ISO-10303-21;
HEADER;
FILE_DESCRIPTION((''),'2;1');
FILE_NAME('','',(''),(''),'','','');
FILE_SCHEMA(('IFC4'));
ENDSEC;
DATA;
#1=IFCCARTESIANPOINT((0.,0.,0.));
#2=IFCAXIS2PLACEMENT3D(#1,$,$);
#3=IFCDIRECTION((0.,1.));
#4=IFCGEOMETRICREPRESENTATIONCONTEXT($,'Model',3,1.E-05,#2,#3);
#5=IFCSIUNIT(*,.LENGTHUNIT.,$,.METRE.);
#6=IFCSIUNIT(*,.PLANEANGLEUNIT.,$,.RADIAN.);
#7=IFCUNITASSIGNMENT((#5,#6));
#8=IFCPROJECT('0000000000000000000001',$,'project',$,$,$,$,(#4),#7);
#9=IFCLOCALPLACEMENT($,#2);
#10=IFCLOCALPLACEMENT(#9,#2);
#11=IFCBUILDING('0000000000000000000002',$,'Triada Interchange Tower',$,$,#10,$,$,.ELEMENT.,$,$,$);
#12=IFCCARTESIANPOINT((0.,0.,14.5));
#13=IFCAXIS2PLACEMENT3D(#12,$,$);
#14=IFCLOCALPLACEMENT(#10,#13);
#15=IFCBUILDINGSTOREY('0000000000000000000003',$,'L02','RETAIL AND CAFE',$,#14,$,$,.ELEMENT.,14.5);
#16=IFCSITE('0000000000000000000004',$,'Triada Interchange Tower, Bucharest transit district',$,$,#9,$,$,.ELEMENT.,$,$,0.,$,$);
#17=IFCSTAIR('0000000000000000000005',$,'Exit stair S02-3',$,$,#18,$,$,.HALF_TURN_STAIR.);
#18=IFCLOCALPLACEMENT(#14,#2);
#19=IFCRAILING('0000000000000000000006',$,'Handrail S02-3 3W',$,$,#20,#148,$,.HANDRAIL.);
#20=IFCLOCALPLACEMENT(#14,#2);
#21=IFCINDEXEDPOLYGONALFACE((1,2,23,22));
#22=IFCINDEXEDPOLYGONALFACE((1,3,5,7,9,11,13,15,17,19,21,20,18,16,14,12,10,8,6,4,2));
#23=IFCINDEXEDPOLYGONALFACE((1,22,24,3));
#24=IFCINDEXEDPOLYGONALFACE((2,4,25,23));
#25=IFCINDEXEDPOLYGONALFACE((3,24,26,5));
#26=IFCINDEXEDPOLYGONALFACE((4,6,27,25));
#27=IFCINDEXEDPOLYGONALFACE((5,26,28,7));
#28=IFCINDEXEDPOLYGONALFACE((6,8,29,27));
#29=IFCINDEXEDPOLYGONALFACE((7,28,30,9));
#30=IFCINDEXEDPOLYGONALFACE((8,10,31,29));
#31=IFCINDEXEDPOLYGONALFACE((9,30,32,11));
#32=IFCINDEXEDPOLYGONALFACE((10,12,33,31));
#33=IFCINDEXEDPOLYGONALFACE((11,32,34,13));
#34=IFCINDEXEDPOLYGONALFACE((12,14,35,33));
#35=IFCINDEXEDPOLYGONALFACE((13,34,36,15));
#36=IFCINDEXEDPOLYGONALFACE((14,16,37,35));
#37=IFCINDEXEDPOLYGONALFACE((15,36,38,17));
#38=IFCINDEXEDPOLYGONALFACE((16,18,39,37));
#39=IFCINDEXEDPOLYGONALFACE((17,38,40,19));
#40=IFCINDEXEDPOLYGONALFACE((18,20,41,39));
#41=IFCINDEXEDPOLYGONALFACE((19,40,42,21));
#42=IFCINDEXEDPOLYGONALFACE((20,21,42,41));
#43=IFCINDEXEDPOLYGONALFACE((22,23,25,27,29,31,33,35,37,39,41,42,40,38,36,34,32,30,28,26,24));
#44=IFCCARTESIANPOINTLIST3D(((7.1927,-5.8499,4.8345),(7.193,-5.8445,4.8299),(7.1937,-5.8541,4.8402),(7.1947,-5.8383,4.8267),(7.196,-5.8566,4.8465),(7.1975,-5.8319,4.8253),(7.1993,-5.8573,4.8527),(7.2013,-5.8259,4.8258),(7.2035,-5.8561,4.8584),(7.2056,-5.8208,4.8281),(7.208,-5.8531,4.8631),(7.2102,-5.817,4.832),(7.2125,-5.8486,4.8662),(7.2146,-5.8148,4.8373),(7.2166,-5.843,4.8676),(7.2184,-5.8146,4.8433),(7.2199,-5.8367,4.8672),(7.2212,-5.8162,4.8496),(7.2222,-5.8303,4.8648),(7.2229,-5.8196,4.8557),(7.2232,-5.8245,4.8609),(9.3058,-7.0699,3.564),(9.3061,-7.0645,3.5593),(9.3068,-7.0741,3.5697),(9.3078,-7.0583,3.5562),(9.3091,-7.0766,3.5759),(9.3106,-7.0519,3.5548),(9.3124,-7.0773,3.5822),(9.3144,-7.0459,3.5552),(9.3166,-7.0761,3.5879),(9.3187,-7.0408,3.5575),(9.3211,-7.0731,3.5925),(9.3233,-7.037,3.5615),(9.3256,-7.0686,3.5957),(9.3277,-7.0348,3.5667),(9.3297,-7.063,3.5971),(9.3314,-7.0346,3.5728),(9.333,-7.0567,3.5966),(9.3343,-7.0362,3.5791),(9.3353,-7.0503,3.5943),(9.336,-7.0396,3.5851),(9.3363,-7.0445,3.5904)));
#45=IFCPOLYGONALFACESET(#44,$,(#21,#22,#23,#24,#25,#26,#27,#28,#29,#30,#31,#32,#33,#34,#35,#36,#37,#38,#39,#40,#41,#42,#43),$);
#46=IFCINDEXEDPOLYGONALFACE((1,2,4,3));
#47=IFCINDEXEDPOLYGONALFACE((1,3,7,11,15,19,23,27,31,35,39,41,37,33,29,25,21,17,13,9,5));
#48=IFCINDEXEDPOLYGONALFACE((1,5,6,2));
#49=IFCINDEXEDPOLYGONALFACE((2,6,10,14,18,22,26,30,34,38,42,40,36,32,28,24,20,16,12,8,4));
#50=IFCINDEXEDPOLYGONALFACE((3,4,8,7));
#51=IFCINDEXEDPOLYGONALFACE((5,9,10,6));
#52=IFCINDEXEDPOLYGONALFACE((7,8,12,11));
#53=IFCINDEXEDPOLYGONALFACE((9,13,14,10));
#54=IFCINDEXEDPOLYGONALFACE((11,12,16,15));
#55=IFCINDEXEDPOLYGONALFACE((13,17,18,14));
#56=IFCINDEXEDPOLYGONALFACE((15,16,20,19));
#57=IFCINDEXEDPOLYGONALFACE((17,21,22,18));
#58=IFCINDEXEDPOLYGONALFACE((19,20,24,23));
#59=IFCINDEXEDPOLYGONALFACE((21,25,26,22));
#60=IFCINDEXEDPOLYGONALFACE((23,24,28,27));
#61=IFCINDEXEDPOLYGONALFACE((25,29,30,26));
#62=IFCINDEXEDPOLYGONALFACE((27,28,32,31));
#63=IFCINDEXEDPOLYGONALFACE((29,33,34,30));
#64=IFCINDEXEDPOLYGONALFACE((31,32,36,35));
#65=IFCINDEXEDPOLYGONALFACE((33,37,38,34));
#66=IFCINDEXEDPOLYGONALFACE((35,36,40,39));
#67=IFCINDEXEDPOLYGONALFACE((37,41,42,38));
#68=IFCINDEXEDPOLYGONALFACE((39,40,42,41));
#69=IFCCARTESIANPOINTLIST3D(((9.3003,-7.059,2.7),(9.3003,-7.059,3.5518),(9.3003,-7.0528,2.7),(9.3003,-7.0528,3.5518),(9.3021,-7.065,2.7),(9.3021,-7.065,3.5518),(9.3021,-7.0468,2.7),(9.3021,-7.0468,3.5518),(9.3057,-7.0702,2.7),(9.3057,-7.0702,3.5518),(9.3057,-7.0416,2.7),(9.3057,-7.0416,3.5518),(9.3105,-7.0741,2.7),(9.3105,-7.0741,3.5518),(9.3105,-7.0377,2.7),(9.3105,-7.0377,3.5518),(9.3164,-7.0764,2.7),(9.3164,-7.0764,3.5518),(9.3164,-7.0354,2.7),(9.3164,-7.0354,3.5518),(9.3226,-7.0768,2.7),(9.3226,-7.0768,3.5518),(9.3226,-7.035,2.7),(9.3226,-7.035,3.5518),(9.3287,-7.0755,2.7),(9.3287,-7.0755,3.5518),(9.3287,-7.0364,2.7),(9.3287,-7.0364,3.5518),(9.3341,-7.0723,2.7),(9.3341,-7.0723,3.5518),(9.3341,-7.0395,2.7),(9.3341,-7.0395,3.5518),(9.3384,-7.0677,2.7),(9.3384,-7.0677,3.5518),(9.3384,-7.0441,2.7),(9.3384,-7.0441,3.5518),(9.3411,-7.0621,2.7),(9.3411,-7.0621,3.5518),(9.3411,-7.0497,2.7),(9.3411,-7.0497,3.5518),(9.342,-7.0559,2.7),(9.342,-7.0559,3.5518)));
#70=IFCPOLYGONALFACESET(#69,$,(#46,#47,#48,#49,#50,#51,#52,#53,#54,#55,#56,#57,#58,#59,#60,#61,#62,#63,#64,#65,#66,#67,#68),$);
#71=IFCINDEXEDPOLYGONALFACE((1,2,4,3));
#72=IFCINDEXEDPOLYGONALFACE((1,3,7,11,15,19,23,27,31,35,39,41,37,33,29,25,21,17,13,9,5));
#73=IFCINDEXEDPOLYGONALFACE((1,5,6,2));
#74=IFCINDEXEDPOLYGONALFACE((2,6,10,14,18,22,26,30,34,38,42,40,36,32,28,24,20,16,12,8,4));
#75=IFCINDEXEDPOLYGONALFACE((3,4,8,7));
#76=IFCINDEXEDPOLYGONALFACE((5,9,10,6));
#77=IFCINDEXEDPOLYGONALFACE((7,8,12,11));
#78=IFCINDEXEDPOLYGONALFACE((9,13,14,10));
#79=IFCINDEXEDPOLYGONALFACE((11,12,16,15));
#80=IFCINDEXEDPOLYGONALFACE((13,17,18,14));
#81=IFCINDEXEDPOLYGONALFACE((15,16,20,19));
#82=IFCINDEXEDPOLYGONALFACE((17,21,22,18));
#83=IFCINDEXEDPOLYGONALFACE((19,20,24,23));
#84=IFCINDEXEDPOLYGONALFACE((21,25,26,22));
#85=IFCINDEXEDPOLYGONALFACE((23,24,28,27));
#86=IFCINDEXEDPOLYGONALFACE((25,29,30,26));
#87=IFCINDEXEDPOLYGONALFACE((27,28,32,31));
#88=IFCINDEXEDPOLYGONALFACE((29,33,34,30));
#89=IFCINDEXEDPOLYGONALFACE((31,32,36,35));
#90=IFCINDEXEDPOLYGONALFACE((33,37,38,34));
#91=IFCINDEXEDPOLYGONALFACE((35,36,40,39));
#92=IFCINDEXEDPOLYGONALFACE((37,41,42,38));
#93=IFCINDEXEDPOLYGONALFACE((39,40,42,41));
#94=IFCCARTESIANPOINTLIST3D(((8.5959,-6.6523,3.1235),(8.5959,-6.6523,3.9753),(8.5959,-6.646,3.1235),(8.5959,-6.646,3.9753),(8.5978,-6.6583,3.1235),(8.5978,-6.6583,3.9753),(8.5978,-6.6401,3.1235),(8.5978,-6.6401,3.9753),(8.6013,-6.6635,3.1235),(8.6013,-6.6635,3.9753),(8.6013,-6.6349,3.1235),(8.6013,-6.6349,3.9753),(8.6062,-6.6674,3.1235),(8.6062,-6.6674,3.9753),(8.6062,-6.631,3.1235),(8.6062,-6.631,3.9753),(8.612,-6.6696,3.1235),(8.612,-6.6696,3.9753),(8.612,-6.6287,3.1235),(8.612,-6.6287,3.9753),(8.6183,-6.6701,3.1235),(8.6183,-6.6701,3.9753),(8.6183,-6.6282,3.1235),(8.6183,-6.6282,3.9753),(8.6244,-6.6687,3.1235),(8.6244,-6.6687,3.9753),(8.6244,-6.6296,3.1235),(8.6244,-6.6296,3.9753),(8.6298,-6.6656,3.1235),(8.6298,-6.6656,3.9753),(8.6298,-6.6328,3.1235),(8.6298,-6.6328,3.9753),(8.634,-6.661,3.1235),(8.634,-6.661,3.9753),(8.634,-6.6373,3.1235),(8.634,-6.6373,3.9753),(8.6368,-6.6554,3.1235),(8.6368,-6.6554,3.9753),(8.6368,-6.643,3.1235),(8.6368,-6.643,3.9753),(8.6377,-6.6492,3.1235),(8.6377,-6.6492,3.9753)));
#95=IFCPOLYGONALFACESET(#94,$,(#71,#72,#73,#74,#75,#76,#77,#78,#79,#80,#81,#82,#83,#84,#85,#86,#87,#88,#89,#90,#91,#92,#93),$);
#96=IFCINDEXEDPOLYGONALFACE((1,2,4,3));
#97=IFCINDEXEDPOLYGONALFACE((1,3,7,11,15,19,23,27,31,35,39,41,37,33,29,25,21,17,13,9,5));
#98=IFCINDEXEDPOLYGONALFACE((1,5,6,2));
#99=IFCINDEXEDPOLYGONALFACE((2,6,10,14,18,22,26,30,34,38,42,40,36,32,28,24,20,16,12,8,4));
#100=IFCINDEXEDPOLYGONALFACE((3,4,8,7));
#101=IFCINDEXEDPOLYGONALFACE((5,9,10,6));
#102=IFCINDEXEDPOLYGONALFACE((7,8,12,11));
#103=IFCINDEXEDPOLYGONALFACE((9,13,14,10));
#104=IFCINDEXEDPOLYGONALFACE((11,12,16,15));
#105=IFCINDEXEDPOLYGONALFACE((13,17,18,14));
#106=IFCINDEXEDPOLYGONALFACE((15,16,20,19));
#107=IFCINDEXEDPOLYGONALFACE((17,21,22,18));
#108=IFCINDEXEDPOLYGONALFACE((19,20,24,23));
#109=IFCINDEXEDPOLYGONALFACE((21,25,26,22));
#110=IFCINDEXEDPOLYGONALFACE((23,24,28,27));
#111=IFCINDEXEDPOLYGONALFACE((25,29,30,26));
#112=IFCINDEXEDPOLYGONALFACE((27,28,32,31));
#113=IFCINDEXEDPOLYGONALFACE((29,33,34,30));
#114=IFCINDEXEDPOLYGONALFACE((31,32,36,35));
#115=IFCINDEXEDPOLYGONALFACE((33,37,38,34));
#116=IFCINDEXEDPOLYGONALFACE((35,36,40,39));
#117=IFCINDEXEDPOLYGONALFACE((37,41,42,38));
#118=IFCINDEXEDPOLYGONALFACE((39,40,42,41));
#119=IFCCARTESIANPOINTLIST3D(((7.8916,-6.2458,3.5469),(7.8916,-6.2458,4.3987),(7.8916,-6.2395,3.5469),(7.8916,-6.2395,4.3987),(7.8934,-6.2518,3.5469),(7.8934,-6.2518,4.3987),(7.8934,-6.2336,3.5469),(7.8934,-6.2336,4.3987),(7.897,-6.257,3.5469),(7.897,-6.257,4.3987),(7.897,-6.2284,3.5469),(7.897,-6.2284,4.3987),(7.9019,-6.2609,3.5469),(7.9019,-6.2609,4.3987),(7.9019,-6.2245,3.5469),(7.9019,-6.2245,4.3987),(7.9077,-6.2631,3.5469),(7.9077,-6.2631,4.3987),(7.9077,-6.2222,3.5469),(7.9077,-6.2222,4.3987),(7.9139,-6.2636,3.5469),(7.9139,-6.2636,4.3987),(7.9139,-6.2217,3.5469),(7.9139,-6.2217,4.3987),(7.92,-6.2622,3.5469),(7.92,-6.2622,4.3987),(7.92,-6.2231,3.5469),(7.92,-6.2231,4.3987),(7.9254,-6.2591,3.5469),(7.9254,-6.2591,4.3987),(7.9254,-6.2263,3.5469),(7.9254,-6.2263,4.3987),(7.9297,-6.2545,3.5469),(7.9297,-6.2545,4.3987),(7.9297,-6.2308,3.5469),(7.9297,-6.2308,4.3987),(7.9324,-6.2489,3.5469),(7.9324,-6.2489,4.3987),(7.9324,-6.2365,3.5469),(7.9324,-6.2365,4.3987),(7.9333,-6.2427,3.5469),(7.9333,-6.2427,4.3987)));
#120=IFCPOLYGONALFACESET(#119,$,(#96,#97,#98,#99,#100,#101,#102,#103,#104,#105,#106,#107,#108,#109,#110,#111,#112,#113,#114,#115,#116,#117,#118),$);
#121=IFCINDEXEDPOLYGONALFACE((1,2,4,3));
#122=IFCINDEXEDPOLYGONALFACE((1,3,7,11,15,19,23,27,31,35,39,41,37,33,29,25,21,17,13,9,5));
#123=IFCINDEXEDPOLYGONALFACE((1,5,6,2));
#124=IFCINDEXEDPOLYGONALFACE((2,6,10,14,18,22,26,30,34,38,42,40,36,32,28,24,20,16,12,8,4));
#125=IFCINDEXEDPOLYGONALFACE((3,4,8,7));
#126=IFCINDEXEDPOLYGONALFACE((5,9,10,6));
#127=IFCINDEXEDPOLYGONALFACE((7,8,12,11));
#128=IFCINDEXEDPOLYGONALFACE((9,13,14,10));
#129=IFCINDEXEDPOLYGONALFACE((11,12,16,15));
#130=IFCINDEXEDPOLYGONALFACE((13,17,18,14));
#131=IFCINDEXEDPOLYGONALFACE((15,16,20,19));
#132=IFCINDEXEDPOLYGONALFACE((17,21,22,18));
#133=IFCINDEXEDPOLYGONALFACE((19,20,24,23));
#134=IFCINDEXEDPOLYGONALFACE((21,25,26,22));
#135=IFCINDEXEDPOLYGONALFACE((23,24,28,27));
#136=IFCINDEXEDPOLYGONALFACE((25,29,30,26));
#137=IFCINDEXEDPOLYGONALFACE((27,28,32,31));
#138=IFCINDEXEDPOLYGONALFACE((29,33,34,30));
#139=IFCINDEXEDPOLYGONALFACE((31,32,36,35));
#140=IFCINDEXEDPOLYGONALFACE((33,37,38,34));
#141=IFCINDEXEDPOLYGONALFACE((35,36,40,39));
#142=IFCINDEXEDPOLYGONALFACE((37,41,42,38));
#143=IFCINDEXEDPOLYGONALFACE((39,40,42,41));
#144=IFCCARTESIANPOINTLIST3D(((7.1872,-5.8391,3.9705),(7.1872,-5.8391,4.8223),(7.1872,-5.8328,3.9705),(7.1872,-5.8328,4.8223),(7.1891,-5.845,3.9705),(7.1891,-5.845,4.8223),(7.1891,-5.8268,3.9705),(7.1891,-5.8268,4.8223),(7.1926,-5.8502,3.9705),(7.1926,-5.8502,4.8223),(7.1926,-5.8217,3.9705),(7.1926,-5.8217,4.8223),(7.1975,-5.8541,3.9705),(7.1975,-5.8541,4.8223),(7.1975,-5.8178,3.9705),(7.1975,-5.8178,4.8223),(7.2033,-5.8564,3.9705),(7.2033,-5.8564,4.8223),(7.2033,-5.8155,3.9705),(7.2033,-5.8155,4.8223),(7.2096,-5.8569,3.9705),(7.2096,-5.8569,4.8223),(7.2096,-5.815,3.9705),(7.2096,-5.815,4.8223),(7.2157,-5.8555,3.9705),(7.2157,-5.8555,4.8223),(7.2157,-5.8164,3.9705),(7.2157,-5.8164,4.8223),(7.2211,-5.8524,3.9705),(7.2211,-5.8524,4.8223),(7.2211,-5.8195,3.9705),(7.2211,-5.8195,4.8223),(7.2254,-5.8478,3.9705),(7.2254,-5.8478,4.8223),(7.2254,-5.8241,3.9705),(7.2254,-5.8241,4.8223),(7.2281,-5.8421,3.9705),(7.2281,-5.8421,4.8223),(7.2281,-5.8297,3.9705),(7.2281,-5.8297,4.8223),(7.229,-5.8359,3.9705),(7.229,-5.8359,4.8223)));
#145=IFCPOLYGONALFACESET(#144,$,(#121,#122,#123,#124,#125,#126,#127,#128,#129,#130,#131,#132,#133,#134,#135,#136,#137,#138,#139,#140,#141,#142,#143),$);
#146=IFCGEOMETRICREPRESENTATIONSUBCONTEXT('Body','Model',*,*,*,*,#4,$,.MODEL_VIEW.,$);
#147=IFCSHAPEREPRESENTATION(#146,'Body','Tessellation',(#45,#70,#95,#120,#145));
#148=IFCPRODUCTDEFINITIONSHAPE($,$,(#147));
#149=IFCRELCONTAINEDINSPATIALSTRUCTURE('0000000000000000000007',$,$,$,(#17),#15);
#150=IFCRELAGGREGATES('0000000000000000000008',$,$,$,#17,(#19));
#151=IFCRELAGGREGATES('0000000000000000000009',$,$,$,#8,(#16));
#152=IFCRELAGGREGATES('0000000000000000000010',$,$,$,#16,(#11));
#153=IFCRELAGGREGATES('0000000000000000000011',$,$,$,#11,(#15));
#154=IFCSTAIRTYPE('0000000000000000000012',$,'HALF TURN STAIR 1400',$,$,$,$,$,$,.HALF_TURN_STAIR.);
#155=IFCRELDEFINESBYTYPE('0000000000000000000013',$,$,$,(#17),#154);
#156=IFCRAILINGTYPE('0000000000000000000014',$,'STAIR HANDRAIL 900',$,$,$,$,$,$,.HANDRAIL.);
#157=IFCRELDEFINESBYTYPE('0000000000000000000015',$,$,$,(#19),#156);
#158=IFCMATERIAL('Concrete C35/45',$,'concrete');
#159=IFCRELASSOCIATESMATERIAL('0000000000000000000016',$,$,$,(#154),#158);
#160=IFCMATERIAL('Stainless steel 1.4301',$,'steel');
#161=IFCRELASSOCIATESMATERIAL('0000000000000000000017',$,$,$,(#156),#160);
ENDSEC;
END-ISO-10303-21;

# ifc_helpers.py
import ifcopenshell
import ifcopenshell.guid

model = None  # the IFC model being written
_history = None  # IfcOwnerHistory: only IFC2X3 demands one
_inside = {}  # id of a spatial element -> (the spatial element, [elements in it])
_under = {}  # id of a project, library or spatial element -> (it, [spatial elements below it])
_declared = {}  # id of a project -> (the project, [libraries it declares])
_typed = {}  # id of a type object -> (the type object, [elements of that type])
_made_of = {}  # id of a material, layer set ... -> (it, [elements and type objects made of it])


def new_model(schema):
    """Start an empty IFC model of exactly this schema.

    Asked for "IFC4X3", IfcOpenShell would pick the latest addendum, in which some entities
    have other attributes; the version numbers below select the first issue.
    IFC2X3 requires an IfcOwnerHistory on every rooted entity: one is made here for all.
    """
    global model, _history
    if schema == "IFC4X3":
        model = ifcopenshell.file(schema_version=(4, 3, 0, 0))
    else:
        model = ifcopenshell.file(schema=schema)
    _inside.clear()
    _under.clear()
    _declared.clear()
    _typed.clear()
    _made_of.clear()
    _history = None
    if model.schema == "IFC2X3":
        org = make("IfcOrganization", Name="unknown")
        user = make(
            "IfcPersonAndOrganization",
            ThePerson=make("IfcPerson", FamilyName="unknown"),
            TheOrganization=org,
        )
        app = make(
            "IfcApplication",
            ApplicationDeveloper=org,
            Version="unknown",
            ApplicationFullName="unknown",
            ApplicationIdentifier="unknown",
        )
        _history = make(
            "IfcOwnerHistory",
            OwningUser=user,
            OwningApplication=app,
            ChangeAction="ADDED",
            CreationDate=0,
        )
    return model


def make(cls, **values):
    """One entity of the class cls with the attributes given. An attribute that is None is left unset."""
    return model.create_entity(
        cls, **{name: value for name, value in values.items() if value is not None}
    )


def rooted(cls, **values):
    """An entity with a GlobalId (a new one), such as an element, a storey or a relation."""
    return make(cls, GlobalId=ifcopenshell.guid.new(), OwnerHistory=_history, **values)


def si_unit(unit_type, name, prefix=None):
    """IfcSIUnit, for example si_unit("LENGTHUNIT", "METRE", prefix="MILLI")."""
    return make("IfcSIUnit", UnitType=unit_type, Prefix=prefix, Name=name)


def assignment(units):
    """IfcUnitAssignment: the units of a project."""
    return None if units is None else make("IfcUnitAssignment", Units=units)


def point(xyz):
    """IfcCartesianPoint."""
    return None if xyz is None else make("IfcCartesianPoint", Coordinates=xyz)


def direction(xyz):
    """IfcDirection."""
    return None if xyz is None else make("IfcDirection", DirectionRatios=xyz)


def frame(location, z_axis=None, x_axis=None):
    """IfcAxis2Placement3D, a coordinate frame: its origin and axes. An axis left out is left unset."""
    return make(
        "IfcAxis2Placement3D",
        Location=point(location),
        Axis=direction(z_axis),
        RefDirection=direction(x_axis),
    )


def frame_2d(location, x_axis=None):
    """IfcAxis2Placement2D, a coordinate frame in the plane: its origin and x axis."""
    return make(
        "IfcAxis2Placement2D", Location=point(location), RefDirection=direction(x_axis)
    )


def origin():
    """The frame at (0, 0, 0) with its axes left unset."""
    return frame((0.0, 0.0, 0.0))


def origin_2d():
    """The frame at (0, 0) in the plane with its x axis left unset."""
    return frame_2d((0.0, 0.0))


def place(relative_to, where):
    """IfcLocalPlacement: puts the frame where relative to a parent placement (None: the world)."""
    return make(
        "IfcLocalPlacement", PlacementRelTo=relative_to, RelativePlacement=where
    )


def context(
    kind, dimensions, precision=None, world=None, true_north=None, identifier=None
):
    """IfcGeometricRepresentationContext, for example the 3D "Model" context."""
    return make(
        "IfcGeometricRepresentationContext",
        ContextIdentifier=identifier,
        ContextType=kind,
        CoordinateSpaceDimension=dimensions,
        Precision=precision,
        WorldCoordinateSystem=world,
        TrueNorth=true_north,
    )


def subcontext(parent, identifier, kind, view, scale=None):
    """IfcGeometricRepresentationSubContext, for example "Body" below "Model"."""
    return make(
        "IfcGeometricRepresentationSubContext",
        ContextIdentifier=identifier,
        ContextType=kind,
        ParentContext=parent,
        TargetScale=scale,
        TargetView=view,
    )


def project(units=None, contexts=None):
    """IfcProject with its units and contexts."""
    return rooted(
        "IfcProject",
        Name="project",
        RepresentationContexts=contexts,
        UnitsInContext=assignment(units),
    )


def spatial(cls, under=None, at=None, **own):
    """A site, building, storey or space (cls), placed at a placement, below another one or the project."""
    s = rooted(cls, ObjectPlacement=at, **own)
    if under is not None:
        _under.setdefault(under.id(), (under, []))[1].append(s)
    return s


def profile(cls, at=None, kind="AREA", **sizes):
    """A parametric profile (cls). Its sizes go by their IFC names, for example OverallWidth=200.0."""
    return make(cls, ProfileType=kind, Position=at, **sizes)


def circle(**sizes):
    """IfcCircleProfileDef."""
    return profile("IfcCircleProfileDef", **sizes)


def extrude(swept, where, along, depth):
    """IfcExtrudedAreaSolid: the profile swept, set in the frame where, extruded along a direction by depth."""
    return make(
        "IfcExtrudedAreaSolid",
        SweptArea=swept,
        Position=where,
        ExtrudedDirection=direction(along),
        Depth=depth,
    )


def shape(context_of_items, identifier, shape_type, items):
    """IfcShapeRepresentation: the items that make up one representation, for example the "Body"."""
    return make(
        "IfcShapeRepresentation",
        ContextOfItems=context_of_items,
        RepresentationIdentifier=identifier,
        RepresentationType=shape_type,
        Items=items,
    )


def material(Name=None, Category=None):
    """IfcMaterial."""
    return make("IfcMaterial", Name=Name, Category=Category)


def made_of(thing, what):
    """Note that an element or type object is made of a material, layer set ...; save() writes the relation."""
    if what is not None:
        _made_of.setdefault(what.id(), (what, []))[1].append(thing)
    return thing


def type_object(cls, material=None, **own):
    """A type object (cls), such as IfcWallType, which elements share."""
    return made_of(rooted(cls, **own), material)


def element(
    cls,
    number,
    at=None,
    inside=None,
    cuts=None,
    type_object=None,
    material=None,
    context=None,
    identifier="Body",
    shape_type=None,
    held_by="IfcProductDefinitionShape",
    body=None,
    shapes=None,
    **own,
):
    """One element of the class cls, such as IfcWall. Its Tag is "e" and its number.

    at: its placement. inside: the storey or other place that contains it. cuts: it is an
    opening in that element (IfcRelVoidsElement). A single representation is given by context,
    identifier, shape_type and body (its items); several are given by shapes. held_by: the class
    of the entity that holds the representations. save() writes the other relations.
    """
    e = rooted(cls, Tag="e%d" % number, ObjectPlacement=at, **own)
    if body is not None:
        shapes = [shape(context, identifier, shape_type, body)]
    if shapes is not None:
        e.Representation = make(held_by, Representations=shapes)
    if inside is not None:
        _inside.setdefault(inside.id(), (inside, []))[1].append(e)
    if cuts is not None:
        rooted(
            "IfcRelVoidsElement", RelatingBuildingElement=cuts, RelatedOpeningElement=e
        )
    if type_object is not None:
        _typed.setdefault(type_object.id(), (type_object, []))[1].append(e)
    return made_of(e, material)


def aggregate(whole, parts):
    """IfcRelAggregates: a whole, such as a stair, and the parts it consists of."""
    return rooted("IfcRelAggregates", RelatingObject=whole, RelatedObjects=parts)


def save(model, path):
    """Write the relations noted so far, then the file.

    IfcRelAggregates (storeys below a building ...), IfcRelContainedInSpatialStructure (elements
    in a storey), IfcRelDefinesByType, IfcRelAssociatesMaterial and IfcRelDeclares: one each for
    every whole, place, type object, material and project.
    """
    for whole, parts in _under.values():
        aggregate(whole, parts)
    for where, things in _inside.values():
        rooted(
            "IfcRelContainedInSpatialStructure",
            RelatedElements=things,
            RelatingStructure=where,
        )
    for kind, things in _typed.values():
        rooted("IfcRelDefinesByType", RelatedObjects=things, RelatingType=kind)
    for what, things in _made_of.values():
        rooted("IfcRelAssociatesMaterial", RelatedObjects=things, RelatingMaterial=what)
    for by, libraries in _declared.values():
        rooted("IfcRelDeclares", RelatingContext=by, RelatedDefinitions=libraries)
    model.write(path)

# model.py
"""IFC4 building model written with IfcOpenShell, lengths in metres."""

from ifc_helpers import new_model, si_unit, direction, frame, origin, origin_2d, place, context, subcontext, project, spatial, circle, extrude, material, type_object, element, aggregate, save


model = new_model("IFC4")

# Units and contexts
model_context = context("Model", 3, precision=1e-05, world=origin(), true_north=direction((0.0, 1.0)))
body_context = subcontext(model_context, "Body", "Model", "MODEL_VIEW")
ifc_project = project(units=[si_unit("LENGTHUNIT", "METRE"), si_unit("PLANEANGLEUNIT", "RADIAN")], contexts=[model_context])

# Site, building, storey
site_placement = place(None, origin())
site = spatial("IfcSite", under=ifc_project, at=site_placement, Name="Triada Interchange Tower, Bucharest transit district", CompositionType="ELEMENT", RefElevation=0.0)
building_placement = place(site_placement, origin())
building = spatial("IfcBuilding", under=site, at=building_placement, Name="Triada Interchange Tower", CompositionType="ELEMENT")
storey_placement = place(building_placement, frame((0.0, 0.0, 14.5)))
storey = spatial("IfcBuildingStorey", under=building, at=storey_placement, Name="L02", Description="RETAIL AND CAFE", CompositionType="ELEMENT", Elevation=14.5)

# Shared definitions
ifc_material_1 = material(Name="Concrete C35/45", Category="concrete")

# Stair, railing
stair_type = type_object("IfcStairType", Name="HALF TURN STAIR 1400", PredefinedType="HALF_TURN_STAIR", material=ifc_material_1)
stair_placement = place(storey_placement, origin())
stair = element("IfcStair", 1, at=stair_placement, inside=storey, type_object=stair_type, Name="Exit stair S02-3", PredefinedType="HALF_TURN_STAIR")
ifc_material_2 = material(Name="Stainless steel 1.4301", Category="steel")
railing_type = type_object("IfcRailingType", Name="STAIR HANDRAIL 900", PredefinedType="HANDRAIL", material=ifc_material_2)
railing_1_placement = place(storey_placement, frame((9.321, -7.0559, 2.7)))
railing_1 = element("IfcRailing", 2, at=railing_1_placement, type_object=railing_type, Name="Handrail S02-3 3W", PredefinedType="HANDRAIL", context=body_context, shape_type="SweptSolid", body=[
    extrude(circle(Radius=0.0239, at=origin_2d()), frame((0.0, 0.0, 0.876), z_axis=(-0.768126, 0.443481, 0.461852), x_axis=(-0.500003, -0.866024, 0.0)), (0.0, 0.0, 1.0), 2.751),
    extrude(circle(Radius=0.021, at=origin_2d()), origin(), (0.0, 0.0, 1.0), 0.8518),
    extrude(circle(Radius=0.021, at=origin_2d()), frame((-0.7043, 0.4067, 0.4236)), (0.0, 0.0, 1.0), 0.8518),
    extrude(circle(Radius=0.021, at=origin_2d()), frame((-1.4087, 0.8132, 0.8469)), (0.0, 0.0, 1.0), 0.8518),
    extrude(circle(Radius=0.021, at=origin_2d()), frame((-2.113, 1.22, 1.2705)), (0.0, 0.0, 1.0), 0.8518),
])
aggregate(stair, [railing_1])

save(model, "model.ifc")
